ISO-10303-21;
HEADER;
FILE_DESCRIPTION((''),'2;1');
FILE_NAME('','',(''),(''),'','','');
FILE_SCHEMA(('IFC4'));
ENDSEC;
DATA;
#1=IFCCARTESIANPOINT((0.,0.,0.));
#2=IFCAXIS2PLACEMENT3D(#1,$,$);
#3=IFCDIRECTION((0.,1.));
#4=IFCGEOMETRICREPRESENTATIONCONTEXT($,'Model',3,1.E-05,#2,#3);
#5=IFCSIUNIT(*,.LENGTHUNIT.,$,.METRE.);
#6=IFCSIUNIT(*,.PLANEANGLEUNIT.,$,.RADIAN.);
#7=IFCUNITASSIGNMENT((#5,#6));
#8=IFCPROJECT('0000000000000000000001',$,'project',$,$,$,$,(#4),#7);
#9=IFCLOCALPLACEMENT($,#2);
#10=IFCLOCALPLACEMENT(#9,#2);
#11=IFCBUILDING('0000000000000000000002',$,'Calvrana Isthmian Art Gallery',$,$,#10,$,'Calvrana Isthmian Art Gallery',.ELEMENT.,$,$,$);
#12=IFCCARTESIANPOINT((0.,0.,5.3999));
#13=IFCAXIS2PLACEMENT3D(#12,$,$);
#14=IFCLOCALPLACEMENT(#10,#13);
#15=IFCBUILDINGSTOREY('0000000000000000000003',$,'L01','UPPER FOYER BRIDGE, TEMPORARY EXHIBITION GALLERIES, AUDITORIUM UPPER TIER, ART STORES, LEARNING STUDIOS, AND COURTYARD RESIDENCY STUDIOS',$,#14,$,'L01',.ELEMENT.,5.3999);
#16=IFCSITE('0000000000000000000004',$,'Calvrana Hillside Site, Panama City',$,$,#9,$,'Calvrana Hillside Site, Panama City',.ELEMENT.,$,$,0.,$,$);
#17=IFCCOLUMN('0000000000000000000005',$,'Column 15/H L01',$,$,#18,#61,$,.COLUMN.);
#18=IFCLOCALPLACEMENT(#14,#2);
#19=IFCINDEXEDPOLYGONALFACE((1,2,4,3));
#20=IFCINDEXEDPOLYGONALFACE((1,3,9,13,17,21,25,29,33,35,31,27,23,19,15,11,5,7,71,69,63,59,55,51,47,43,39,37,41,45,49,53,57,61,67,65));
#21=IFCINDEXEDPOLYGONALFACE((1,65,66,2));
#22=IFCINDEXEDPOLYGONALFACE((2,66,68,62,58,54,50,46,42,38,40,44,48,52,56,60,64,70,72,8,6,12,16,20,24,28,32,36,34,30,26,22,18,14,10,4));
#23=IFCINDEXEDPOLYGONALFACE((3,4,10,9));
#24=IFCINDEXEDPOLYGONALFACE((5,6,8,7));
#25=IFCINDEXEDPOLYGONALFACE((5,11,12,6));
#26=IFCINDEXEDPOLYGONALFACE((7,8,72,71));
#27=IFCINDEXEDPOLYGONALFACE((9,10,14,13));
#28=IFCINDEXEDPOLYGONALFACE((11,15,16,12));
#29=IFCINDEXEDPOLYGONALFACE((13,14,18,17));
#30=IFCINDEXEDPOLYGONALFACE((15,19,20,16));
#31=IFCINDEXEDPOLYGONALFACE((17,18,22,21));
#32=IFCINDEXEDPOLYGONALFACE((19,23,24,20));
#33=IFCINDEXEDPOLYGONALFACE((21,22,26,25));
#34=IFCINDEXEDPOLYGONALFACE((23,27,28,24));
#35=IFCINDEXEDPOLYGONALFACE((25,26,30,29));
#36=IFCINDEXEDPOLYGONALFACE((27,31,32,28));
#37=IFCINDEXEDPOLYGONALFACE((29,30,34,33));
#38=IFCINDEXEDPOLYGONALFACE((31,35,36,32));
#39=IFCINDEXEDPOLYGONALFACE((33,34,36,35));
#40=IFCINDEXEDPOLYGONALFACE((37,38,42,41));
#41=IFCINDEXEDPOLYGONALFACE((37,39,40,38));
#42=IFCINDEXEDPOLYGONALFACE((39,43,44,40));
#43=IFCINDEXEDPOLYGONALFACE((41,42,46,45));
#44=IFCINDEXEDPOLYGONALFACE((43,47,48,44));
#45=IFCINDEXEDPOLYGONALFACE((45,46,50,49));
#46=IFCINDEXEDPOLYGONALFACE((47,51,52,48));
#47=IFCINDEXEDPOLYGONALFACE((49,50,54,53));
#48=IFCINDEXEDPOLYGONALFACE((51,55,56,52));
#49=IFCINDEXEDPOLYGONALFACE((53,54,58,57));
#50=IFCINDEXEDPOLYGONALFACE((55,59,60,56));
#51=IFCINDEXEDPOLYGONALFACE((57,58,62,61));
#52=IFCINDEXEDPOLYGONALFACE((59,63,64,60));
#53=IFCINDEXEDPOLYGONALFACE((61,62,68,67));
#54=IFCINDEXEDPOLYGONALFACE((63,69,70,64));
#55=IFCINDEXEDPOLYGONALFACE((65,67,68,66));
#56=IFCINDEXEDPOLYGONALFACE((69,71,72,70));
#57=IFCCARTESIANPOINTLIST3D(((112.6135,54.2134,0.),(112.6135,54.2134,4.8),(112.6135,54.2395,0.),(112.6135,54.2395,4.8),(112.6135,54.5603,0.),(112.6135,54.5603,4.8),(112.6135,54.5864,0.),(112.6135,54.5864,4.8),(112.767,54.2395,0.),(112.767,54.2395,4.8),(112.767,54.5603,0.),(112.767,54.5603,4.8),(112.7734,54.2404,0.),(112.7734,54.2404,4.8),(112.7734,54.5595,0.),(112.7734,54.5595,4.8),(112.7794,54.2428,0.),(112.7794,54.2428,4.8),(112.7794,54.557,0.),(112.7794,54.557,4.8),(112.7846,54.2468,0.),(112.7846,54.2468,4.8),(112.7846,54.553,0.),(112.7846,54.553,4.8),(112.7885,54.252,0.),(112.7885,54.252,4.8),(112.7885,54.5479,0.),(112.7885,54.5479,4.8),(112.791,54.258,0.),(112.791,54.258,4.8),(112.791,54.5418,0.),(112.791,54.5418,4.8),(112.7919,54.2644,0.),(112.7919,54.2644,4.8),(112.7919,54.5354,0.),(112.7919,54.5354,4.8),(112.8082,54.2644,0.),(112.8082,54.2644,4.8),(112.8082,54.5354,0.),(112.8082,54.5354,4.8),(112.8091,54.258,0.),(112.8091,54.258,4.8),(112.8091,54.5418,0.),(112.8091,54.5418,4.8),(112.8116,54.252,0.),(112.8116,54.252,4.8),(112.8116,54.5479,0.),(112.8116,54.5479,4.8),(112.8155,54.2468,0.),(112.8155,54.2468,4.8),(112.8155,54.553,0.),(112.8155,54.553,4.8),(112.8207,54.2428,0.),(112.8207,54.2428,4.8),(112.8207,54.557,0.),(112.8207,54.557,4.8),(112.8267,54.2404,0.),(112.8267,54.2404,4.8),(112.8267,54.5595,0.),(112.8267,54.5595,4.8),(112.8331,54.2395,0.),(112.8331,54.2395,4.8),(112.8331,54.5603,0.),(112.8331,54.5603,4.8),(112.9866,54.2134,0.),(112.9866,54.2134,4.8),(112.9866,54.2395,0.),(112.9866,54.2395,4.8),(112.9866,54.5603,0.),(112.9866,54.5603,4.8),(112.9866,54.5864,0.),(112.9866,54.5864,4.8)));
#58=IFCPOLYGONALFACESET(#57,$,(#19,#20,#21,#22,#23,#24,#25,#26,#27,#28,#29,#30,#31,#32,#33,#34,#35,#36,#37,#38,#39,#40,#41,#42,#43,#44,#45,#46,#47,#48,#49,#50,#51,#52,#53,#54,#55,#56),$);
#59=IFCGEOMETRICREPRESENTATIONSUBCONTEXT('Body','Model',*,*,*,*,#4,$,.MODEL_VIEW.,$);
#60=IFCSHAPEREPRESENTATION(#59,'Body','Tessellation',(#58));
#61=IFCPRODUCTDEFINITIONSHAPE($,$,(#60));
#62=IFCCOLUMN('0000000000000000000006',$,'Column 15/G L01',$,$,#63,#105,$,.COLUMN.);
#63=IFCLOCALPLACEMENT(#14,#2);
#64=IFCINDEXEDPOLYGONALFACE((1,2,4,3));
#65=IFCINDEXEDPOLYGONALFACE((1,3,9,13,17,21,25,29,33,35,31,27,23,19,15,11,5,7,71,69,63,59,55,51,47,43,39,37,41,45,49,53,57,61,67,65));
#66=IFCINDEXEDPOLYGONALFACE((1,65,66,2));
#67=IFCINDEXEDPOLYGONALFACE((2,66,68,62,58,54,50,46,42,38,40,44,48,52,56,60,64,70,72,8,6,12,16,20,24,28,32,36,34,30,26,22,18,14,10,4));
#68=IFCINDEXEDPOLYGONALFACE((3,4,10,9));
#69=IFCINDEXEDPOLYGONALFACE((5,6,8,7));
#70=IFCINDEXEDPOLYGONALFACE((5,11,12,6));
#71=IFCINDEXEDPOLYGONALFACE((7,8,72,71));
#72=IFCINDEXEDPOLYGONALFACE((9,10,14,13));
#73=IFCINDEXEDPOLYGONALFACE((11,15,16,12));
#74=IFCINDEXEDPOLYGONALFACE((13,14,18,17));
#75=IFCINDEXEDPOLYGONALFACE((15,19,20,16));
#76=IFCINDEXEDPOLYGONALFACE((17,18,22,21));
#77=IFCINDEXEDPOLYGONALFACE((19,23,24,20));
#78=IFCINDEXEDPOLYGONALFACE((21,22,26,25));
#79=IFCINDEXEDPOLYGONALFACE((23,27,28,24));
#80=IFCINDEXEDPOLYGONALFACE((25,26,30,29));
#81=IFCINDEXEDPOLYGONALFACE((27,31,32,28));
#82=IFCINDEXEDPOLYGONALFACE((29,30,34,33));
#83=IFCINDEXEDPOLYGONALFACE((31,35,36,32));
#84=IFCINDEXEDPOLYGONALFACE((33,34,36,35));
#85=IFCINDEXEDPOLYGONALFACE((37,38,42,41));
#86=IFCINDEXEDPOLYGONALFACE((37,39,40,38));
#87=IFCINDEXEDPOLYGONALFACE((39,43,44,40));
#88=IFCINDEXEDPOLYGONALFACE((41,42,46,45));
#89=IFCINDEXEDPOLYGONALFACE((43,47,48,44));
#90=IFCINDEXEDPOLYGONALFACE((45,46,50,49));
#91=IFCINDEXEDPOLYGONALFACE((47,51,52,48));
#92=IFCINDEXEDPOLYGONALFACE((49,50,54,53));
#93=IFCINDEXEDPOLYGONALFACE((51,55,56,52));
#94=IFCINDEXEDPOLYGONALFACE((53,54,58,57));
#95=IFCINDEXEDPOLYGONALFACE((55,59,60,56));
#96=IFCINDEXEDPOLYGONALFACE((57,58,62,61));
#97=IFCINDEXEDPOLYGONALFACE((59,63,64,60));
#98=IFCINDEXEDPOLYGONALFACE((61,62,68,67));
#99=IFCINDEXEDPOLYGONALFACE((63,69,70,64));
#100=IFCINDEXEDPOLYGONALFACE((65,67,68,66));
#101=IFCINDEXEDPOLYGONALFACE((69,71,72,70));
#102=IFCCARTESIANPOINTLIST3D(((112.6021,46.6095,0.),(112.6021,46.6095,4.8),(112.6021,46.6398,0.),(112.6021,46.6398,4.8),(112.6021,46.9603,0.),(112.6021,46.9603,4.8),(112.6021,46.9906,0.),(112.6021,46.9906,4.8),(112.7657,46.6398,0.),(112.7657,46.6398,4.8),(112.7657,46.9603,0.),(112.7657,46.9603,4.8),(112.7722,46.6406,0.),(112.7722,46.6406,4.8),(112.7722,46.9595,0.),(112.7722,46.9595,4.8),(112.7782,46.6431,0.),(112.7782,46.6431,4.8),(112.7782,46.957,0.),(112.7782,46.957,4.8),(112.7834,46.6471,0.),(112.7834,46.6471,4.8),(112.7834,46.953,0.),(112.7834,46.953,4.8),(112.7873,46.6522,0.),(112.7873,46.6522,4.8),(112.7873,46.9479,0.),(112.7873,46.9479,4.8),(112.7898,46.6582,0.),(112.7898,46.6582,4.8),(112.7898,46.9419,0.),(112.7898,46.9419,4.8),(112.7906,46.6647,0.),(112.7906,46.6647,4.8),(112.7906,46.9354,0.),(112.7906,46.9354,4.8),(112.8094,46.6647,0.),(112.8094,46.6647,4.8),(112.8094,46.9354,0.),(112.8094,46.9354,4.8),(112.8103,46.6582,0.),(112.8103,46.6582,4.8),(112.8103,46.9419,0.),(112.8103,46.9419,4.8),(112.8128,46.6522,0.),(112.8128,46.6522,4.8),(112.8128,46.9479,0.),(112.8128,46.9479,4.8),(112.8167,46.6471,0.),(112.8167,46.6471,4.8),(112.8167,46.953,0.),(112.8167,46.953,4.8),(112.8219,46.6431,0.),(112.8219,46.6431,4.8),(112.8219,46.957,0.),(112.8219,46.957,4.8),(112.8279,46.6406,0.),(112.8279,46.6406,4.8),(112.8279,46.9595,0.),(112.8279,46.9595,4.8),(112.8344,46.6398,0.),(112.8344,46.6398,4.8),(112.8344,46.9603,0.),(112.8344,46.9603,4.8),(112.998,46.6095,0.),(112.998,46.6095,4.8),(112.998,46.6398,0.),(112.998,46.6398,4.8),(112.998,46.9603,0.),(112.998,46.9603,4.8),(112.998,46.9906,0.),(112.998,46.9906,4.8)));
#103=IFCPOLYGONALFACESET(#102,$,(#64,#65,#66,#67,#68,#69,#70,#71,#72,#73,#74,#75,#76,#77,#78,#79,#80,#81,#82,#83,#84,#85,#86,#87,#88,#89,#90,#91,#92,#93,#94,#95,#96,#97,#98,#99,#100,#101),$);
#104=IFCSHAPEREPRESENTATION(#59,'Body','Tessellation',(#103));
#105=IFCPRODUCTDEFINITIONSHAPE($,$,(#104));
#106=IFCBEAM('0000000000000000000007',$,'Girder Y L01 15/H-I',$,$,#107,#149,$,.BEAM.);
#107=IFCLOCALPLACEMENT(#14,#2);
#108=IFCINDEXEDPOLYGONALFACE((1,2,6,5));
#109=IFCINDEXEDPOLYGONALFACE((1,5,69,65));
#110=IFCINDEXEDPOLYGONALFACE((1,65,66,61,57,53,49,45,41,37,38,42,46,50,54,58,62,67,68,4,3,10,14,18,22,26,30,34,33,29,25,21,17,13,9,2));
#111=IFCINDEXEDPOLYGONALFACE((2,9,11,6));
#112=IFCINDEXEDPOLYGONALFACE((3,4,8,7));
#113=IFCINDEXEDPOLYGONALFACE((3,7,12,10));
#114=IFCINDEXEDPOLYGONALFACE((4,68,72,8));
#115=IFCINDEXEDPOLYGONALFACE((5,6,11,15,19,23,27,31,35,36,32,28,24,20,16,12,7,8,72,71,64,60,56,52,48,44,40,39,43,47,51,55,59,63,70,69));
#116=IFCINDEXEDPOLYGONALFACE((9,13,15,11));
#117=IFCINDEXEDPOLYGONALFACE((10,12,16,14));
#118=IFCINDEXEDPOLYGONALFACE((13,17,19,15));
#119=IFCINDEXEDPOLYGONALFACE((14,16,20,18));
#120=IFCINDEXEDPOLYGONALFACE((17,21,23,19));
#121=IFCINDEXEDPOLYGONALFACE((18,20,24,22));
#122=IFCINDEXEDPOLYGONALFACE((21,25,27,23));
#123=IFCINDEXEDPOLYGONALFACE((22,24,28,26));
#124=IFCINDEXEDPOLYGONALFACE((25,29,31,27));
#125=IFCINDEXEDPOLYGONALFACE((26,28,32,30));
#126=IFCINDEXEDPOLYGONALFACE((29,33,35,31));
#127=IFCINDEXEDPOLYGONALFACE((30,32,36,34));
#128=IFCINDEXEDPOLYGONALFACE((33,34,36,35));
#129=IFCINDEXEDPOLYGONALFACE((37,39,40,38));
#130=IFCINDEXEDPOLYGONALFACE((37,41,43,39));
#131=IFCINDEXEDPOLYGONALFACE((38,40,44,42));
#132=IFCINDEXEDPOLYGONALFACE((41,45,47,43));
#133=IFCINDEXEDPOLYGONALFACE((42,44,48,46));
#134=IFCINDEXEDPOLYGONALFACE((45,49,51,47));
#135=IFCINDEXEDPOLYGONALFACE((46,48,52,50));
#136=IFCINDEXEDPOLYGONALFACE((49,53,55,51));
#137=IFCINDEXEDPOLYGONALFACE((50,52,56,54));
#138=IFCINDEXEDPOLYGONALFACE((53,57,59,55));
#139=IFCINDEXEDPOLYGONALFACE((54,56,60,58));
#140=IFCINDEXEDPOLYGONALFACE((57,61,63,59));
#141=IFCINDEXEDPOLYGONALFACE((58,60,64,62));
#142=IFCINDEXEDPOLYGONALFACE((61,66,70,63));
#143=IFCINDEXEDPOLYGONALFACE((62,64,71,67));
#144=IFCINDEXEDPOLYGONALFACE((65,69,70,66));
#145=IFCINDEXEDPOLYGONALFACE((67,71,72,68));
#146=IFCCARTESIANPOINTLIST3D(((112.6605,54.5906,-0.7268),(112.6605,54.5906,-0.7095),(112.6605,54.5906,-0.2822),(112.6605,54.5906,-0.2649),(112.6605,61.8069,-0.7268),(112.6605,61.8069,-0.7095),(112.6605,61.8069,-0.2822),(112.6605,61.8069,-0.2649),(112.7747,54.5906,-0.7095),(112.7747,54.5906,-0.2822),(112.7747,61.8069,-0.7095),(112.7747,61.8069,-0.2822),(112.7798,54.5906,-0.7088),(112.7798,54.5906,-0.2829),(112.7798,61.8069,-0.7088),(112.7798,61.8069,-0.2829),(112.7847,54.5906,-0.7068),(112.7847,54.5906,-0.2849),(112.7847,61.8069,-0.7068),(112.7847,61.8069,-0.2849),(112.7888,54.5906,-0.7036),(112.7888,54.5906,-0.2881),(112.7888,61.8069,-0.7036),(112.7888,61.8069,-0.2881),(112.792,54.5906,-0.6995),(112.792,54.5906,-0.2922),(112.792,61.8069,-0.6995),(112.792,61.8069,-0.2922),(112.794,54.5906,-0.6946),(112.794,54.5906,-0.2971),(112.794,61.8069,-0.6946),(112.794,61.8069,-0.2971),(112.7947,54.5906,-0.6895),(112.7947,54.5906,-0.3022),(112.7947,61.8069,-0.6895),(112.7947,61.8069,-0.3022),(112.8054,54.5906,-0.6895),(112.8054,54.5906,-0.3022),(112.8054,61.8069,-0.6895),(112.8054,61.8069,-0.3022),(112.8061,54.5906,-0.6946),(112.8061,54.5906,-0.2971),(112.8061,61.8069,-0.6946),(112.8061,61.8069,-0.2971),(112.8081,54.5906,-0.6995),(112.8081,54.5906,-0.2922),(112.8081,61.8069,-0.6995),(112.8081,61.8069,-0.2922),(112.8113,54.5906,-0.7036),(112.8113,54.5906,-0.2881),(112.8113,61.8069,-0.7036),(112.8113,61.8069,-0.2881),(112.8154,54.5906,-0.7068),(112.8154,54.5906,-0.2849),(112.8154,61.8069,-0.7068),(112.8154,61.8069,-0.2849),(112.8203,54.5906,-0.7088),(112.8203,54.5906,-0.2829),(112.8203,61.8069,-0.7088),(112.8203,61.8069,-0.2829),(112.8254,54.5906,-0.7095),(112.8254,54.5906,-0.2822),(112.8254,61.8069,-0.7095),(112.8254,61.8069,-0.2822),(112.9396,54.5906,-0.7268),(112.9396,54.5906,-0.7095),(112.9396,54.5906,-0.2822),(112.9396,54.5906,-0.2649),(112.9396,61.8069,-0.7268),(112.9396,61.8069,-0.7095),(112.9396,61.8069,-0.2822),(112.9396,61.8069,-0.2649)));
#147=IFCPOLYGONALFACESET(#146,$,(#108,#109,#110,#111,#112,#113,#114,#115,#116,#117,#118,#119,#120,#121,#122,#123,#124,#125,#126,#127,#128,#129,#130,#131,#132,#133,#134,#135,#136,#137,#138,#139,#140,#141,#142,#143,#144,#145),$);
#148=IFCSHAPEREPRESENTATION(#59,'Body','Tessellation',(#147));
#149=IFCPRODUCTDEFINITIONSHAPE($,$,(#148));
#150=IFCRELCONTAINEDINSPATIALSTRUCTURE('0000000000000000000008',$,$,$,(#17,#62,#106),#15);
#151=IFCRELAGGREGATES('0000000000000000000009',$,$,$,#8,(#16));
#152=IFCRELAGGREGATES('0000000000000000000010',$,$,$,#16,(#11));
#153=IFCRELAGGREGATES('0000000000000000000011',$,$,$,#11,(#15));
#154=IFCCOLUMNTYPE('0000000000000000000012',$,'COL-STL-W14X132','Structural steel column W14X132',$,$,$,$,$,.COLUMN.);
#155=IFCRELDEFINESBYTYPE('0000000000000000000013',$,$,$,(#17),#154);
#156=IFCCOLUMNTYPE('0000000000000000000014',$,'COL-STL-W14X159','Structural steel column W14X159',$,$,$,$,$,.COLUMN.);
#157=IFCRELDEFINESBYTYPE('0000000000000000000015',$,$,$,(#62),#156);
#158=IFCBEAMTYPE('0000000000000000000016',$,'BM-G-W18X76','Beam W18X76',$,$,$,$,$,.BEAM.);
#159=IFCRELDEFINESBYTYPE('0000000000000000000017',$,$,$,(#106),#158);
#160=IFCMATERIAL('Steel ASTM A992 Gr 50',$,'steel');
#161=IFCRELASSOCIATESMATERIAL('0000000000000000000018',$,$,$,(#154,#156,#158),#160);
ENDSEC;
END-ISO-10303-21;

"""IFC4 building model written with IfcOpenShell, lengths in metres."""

from ifc_helpers import new_model, si_unit, direction, frame, origin, origin_2d, place, context, subcontext, project, spatial, i_section, extrude, material, material_profile, profile_set, type_object, element, save


model = new_model("IFC4")

# Units and contexts
model_context = context("Model", 3, precision=1e-05, world=origin(), true_north=direction((0.0, 1.0)))
body_context = subcontext(model_context, "Body", "Model", "MODEL_VIEW")
ifc_project = project(units=[si_unit("LENGTHUNIT", "METRE"), si_unit("PLANEANGLEUNIT", "RADIAN")], contexts=[model_context])

# Site, building, storey
site_placement = place(None, origin())
site = spatial("IfcSite", under=ifc_project, at=site_placement, Name="Calvrana Hillside Site, Panama City", LongName="Calvrana Hillside Site, Panama City", CompositionType="ELEMENT", RefElevation=0.0)
building_placement = place(site_placement, origin())
building = spatial("IfcBuilding", under=site, at=building_placement, Name="Calvrana Isthmian Art Gallery", LongName="Calvrana Isthmian Art Gallery", CompositionType="ELEMENT")
storey_placement = place(building_placement, frame((0.0, 0.0, 5.3999)))
storey = spatial("IfcBuildingStorey", under=building, at=storey_placement, Name="L01", Description="UPPER FOYER BRIDGE, TEMPORARY EXHIBITION GALLERIES, AUDITORIUM UPPER TIER, ART STORES, LEARNING STUDIOS, AND COURTYARD RESIDENCY STUDIOS", LongName="L01", CompositionType="ELEMENT", Elevation=5.3999)

# Columns
ifc_material_1 = material(Name="Steel ASTM A992 Gr 50", Category="steel")
ifc_material_profile_1 = material_profile(ifc_material_1, i_section(OverallWidth=0.373, OverallDepth=0.373, WebThickness=0.0164, FlangeThickness=0.0261, FilletRadius=0.0249, at=origin_2d()), Name="W14X132")
ifc_profile_set_1 = profile_set([ifc_material_profile_1], Name="Steel ASTM A992 Gr 50")
column_type_1 = type_object("IfcColumnType", Name="COL-STL-W14X132", Description="Structural steel column W14X132", PredefinedType="COLUMN", material=ifc_profile_set_1)
column_1_placement = place(storey_placement, frame((112.8, 54.3999, 0.0), z_axis=(0.0, 0.0, 1.0), x_axis=(1.0, 0.0, 0.0)))
element("IfcColumn", 1, at=column_1_placement, inside=storey, type_object=column_type_1, Name="Column 15/H L01", PredefinedType="COLUMN", context=body_context, shape_type="SweptSolid", body=[
    extrude(i_section(OverallWidth=0.373, OverallDepth=0.373, WebThickness=0.0164, FlangeThickness=0.0261, FilletRadius=0.0249, at=origin_2d()), origin(), (0.0, 0.0, 1.0), 4.8),
])
ifc_material_profile_2 = material_profile(ifc_material_1, i_section(OverallWidth=0.396, OverallDepth=0.3811, WebThickness=0.0188, FlangeThickness=0.0303, FilletRadius=0.0249, at=origin_2d()), Name="W14X159")
ifc_profile_set_2 = profile_set([ifc_material_profile_2], Name="Steel ASTM A992 Gr 50")
column_type_2 = type_object("IfcColumnType", Name="COL-STL-W14X159", Description="Structural steel column W14X159", PredefinedType="COLUMN", material=ifc_profile_set_2)
column_2_placement = place(storey_placement, frame((112.8, 46.8, 0.0), z_axis=(0.0, 0.0, 1.0), x_axis=(1.0, 0.0, 0.0)))
element("IfcColumn", 2, at=column_2_placement, inside=storey, type_object=column_type_2, Name="Column 15/G L01", PredefinedType="COLUMN", context=body_context, shape_type="SweptSolid", body=[
    extrude(i_section(OverallWidth=0.396, OverallDepth=0.3811, WebThickness=0.0188, FlangeThickness=0.0303, FilletRadius=0.0249, at=origin_2d()), origin(), (0.0, 0.0, 1.0), 4.8),
])

# Beam
ifc_material_profile_3 = material_profile(ifc_material_1, i_section(OverallWidth=0.2791, OverallDepth=0.4619, WebThickness=0.0107, FlangeThickness=0.0173, FilletRadius=0.02, at=origin_2d()), Name="W18X76")
ifc_profile_set_3 = profile_set([ifc_material_profile_3], Name="Steel ASTM A992 Gr 50")
beam_type_1 = type_object("IfcBeamType", Name="BM-G-W18X76", Description="Beam W18X76", PredefinedType="BEAM", material=ifc_profile_set_3)
beam_1_placement = place(storey_placement, frame((112.8, 54.5906, -0.4958), z_axis=(0.0, 1.0, 0.0), x_axis=(-1.0, 0.0, 0.0)))
element("IfcBeam", 3, at=beam_1_placement, inside=storey, type_object=beam_type_1, Name="Girder Y L01 15/H-I", PredefinedType="BEAM", context=body_context, shape_type="SweptSolid", body=[
    extrude(i_section(OverallWidth=0.2791, OverallDepth=0.4619, WebThickness=0.0107, FlangeThickness=0.0173, FilletRadius=0.02, at=origin_2d()), origin(), (0.0, 0.0, 1.0), 7.2163),
])

save(model, "model.ifc")
